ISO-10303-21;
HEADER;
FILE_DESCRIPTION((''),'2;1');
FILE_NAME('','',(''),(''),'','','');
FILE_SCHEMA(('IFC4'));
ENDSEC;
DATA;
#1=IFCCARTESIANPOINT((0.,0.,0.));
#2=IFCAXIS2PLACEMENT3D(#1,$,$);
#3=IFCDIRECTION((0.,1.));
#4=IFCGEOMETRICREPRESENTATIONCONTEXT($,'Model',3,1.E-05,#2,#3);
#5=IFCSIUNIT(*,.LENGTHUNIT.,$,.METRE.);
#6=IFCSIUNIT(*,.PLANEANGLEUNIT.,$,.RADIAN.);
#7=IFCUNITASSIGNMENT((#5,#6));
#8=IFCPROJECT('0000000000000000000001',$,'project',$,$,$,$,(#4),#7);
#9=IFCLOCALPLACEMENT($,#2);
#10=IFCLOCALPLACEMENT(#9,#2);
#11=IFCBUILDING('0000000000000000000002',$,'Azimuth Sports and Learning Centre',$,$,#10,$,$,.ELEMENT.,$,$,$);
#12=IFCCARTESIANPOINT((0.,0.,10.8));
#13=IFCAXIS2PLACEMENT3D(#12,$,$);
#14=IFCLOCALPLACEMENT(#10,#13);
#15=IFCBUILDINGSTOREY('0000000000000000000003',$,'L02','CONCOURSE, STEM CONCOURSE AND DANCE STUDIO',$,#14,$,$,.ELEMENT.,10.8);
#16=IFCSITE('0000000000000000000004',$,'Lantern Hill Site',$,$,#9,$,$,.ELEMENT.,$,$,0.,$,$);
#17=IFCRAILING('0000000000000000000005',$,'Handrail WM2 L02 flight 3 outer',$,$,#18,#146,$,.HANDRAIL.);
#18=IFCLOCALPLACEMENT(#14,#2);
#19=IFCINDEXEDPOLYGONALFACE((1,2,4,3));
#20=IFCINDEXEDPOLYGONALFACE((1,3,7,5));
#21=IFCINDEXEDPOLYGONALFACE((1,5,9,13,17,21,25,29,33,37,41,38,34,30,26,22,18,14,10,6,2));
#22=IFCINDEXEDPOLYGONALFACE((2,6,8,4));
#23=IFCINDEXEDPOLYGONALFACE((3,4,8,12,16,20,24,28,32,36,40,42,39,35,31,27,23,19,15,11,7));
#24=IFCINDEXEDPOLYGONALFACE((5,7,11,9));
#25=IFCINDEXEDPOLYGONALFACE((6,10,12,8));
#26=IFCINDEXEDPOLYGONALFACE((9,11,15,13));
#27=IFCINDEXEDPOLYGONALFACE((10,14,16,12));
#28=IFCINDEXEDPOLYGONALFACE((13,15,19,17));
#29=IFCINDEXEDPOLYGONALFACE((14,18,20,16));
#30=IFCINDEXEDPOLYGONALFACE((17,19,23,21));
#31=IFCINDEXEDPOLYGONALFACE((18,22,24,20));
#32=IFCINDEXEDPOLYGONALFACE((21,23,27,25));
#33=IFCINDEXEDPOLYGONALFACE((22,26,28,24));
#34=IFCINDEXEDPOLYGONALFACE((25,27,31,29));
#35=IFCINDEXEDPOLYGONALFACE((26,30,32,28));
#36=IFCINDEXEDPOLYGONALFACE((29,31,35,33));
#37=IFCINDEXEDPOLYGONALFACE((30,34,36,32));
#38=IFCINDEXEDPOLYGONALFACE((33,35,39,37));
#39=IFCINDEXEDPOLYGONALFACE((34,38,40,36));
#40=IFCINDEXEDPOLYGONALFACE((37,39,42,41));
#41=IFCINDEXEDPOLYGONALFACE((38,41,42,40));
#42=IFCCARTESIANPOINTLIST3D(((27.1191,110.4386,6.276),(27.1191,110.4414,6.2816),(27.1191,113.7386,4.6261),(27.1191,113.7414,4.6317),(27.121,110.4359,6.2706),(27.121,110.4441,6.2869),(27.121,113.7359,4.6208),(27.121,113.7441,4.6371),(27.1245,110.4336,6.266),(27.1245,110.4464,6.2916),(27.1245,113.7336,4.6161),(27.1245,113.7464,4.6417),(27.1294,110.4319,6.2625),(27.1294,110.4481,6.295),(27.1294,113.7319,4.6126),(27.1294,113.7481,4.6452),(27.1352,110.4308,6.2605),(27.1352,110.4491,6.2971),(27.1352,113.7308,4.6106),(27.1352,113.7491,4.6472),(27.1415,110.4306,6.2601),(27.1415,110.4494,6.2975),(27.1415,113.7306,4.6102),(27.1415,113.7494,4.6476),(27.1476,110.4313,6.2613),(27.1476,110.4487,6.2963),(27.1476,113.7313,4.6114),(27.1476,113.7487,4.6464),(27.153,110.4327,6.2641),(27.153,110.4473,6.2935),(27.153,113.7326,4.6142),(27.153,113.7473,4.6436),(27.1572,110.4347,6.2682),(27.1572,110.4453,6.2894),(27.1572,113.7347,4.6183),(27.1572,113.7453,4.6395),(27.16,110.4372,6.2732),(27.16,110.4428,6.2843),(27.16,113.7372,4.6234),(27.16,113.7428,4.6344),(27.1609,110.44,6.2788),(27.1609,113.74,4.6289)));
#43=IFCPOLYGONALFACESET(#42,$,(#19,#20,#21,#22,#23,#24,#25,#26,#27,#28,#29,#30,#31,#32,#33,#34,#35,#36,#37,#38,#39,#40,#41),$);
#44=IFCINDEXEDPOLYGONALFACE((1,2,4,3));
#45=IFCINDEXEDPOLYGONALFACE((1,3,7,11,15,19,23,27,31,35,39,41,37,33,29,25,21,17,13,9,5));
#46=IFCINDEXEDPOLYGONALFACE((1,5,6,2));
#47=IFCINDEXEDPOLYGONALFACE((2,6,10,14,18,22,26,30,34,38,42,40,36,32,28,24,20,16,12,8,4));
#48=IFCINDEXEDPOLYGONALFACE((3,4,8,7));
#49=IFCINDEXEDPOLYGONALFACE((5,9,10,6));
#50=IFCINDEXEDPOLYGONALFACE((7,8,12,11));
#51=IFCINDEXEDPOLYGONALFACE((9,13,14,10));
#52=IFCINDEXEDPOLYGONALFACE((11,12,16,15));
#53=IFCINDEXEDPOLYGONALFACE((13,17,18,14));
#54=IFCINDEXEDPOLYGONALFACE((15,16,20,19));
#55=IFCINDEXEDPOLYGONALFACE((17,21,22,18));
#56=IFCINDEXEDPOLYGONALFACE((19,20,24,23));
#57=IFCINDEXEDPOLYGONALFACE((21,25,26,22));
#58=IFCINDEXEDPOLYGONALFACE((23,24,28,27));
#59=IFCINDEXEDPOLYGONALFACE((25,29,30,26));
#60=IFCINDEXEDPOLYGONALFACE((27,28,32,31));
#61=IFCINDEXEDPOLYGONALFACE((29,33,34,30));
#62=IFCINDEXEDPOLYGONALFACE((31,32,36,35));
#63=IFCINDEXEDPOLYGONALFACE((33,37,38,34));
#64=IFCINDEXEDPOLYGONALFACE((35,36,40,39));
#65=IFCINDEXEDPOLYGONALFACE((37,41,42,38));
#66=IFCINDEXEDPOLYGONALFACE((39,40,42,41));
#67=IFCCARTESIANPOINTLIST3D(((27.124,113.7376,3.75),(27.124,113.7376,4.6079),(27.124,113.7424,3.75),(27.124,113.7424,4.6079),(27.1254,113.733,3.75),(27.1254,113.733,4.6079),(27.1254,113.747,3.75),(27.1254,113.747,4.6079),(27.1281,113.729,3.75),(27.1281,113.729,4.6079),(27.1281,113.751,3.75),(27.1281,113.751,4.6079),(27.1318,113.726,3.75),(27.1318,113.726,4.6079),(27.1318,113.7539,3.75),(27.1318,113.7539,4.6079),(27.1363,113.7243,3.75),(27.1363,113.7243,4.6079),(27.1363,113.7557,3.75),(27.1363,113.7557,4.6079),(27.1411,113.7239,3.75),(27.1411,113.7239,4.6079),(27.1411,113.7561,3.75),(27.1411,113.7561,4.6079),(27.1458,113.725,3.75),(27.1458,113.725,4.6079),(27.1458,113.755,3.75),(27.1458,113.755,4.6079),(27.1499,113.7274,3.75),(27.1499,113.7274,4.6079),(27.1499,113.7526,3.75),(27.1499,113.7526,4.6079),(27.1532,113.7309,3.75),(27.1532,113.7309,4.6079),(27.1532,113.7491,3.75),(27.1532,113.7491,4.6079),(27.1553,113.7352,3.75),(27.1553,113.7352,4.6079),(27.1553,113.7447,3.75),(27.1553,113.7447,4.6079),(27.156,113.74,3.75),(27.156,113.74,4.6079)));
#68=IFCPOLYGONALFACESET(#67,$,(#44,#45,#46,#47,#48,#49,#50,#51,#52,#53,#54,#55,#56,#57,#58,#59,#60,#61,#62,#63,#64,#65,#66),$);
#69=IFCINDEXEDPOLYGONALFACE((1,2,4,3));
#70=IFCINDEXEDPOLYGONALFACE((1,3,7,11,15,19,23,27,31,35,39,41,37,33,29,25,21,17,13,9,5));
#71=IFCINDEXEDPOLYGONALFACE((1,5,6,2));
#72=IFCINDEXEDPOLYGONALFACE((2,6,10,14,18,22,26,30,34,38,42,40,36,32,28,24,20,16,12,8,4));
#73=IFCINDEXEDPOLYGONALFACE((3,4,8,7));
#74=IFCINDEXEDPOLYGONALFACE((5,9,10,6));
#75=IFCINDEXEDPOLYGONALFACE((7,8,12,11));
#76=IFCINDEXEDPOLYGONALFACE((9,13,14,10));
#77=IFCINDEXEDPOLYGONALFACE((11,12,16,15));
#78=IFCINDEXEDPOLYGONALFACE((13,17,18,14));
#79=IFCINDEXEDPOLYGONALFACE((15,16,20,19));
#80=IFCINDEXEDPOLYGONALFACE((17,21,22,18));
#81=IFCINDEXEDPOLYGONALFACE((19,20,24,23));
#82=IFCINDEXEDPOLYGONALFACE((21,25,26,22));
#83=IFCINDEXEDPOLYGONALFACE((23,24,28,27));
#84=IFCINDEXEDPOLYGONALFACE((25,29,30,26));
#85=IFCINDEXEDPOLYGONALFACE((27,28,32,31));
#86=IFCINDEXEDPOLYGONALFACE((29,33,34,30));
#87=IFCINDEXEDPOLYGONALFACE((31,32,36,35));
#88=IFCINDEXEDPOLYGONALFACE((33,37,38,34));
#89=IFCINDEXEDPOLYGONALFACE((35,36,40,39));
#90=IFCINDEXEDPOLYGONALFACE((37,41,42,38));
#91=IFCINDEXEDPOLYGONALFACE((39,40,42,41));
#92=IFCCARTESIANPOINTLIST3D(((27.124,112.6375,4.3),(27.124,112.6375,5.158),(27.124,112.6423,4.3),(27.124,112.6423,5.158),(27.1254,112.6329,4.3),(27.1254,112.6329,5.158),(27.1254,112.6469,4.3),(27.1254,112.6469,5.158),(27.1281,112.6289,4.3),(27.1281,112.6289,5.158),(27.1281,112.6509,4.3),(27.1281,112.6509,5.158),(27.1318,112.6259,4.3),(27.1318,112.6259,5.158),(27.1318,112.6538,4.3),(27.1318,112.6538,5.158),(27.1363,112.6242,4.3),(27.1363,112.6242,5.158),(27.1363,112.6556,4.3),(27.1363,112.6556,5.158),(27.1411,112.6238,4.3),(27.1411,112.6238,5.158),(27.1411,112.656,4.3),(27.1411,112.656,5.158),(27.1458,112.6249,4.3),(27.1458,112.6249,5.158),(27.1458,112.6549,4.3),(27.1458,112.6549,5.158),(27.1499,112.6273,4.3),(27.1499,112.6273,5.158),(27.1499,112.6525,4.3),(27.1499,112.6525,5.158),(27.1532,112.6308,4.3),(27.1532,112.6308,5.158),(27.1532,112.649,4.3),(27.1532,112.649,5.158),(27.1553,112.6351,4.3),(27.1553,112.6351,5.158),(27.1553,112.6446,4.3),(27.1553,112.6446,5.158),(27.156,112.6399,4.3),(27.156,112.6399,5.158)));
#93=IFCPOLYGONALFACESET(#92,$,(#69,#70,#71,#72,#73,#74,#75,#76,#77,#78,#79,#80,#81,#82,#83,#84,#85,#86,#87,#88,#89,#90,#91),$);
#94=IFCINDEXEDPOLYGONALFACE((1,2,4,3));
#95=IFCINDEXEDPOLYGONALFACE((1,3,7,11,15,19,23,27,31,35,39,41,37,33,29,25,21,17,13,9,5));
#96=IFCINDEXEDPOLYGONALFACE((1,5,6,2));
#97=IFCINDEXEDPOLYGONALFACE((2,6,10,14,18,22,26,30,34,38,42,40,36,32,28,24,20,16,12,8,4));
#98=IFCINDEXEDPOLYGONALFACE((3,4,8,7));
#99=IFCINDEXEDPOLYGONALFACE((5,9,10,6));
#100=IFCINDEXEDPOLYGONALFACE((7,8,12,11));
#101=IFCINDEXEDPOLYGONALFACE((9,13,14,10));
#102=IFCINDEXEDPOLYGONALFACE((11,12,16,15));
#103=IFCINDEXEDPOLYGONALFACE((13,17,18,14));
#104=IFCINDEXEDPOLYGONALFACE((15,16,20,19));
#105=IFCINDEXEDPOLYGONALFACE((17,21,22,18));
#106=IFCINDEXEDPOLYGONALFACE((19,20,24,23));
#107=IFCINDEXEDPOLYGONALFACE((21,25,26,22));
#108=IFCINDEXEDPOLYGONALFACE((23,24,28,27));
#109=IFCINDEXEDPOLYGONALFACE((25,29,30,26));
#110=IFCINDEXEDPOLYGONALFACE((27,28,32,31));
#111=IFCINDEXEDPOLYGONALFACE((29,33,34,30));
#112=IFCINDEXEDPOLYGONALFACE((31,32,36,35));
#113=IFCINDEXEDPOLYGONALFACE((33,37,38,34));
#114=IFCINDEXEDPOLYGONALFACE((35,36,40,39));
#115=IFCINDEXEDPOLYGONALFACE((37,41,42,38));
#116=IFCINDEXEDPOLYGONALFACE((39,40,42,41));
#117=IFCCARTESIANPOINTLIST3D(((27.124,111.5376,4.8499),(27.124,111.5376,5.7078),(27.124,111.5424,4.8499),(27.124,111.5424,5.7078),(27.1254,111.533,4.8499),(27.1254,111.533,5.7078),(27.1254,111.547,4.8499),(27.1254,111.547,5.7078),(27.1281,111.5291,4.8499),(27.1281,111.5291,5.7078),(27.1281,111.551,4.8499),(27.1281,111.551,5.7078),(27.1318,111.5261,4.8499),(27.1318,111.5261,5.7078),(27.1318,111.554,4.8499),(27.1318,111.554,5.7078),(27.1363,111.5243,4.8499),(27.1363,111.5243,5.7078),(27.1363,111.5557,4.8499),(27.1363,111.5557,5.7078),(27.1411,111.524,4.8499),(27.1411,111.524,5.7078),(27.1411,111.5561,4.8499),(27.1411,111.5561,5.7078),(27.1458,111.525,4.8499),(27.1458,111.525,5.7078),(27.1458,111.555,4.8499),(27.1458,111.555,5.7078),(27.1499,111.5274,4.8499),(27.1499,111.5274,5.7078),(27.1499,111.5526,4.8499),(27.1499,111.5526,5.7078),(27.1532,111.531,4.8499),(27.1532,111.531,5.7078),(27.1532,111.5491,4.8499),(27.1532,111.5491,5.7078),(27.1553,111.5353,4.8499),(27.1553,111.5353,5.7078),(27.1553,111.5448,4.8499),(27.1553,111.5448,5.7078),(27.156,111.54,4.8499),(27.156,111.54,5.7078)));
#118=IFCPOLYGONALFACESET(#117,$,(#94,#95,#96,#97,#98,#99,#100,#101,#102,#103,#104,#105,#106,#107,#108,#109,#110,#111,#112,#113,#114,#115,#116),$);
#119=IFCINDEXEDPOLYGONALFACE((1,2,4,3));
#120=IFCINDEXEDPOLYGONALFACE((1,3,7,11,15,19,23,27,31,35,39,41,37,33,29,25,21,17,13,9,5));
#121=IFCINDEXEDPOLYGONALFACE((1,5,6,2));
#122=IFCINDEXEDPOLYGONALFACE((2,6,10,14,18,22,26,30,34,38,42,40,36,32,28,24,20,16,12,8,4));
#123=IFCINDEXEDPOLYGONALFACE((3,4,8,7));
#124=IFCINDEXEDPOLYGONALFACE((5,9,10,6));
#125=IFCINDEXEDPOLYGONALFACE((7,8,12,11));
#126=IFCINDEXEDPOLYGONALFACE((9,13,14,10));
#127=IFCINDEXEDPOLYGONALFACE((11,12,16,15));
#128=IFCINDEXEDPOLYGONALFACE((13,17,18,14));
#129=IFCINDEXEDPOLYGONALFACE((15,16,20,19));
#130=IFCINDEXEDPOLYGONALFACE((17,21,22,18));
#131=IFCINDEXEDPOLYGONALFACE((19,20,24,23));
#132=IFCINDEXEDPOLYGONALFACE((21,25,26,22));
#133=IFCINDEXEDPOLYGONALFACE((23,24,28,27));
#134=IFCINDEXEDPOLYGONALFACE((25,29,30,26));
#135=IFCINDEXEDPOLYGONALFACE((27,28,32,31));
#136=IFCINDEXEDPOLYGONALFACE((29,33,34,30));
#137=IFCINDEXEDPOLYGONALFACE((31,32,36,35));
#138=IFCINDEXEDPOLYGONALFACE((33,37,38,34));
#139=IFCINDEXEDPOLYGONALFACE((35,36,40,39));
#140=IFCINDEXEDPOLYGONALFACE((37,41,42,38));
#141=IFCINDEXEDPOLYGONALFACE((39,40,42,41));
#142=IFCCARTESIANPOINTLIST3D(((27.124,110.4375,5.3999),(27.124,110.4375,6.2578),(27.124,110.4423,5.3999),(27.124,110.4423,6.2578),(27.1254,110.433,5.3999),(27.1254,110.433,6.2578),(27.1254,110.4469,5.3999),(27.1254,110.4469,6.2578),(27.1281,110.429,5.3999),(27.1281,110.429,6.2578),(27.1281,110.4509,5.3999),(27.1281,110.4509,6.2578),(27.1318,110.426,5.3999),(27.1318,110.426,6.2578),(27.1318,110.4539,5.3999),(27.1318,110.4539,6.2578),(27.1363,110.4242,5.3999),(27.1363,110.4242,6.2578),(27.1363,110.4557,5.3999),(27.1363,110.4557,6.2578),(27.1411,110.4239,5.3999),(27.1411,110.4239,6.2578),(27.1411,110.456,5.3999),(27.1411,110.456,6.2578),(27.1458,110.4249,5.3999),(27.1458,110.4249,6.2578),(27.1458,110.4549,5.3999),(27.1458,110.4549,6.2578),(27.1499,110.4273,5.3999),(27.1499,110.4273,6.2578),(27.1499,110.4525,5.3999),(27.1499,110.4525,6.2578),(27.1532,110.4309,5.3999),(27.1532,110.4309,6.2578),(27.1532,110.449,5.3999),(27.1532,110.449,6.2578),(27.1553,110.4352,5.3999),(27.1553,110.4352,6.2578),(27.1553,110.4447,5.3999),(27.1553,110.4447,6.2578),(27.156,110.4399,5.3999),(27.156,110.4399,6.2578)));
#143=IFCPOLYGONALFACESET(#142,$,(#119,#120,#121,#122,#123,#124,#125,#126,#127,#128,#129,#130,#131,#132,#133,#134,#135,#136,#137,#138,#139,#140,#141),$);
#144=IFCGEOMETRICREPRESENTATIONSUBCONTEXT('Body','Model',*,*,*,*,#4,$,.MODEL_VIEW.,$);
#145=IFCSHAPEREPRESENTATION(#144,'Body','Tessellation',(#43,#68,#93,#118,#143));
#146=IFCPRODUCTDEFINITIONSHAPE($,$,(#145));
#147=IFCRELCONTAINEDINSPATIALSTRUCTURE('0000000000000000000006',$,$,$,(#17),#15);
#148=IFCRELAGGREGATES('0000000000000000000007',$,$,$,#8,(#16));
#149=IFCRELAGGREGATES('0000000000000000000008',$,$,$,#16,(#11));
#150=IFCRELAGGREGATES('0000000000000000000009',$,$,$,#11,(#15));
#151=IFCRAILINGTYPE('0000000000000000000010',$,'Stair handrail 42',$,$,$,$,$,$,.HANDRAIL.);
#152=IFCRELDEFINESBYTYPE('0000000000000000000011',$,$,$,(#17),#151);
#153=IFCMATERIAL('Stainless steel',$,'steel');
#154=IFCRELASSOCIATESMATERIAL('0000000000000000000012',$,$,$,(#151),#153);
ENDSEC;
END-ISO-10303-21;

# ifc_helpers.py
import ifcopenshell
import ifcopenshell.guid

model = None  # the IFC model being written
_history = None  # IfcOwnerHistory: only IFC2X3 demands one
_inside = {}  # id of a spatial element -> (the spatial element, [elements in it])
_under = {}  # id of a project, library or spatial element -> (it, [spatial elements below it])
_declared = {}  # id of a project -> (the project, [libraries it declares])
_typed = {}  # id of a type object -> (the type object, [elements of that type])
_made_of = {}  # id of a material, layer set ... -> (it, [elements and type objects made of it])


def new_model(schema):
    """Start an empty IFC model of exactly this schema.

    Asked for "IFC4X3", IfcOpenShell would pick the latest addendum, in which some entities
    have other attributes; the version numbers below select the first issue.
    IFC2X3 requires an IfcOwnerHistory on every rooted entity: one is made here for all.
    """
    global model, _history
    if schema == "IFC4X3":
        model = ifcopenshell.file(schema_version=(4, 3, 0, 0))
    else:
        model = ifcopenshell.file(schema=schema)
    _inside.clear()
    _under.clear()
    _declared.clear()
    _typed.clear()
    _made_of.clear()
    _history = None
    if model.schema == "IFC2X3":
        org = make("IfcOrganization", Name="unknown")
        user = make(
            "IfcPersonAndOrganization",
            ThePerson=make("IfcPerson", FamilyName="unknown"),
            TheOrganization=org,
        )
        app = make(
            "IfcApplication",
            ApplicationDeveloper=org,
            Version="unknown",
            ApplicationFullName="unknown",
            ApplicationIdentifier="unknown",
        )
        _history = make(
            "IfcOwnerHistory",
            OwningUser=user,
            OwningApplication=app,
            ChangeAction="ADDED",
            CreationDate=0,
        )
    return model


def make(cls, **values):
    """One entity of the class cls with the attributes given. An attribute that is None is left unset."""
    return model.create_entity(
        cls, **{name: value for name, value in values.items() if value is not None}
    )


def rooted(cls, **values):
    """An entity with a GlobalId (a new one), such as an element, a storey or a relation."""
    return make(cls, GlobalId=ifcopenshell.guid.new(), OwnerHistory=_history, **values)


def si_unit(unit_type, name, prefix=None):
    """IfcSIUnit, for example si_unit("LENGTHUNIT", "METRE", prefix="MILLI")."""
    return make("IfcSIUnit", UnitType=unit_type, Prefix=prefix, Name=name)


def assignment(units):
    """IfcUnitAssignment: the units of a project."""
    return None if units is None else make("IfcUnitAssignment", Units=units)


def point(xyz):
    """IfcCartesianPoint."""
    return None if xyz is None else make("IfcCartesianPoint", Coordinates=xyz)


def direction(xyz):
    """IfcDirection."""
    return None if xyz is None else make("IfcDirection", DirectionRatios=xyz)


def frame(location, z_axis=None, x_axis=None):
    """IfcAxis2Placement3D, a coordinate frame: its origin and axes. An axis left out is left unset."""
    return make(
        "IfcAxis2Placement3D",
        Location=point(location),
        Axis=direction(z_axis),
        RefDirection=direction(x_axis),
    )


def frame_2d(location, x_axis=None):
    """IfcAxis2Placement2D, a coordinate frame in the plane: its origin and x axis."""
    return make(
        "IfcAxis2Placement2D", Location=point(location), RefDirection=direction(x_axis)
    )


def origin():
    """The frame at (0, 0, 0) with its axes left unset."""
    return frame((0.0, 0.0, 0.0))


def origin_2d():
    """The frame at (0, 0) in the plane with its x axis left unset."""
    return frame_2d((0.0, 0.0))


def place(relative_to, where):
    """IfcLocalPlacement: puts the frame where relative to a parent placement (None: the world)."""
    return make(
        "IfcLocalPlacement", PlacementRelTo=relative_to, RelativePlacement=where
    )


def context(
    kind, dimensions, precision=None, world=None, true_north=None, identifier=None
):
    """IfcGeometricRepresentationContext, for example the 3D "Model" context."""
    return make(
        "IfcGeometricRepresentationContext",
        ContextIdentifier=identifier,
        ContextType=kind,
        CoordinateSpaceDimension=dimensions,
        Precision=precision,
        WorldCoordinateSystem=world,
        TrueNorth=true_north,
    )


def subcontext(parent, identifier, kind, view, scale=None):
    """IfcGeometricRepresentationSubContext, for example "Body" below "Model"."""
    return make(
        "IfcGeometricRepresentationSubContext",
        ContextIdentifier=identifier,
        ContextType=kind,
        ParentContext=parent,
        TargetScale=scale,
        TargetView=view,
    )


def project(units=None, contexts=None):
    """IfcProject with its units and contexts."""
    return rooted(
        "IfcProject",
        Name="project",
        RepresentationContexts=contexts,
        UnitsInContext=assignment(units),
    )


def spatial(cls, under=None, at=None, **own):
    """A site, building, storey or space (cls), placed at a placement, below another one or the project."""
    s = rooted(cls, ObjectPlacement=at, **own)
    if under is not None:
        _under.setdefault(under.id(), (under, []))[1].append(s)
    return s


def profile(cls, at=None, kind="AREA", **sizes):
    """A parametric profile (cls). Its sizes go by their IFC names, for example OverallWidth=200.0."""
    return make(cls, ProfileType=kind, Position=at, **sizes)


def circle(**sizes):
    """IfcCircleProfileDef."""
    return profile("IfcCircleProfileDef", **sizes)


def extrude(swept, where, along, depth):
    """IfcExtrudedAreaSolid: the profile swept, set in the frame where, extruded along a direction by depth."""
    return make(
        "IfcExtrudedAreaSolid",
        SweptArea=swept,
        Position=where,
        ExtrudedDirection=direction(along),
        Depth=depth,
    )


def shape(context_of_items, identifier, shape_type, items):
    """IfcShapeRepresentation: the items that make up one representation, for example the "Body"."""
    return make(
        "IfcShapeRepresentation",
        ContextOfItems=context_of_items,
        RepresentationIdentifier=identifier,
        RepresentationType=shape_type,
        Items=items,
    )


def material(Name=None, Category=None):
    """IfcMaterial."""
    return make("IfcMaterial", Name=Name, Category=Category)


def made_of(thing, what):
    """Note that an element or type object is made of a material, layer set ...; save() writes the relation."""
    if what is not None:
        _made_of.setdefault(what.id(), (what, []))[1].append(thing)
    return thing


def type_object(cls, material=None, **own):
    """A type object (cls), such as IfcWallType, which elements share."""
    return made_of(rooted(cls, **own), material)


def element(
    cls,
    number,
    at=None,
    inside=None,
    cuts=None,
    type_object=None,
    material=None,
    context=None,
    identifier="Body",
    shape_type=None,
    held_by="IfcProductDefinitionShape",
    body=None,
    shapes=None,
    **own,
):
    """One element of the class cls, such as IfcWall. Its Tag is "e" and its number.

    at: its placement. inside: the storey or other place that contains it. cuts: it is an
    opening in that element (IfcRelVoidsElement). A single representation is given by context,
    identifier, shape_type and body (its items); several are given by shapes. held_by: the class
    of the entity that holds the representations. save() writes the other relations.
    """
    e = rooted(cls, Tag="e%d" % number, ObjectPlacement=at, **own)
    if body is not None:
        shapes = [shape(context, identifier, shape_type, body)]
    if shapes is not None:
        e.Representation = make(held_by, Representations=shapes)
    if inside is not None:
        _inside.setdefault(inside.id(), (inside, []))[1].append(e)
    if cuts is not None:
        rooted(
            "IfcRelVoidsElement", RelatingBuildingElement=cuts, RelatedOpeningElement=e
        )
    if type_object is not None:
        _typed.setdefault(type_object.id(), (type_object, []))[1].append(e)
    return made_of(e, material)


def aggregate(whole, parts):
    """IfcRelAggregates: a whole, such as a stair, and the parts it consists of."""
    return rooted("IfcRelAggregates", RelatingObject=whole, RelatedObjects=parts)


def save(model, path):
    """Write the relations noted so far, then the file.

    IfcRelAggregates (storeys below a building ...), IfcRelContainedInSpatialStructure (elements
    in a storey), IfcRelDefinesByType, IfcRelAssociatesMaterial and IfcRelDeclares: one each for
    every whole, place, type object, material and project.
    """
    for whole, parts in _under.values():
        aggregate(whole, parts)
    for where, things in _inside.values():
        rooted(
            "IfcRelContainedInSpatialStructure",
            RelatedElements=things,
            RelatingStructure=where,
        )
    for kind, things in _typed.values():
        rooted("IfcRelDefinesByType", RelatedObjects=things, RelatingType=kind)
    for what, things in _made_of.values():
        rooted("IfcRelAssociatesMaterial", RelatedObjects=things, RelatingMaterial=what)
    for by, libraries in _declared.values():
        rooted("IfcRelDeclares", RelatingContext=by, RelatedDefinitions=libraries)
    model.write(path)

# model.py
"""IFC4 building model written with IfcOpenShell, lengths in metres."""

from ifc_helpers import new_model, si_unit, direction, frame, origin, origin_2d, place, context, subcontext, project, spatial, circle, extrude, material, type_object, element, save


model = new_model("IFC4")

# Units and contexts
model_context = context("Model", 3, precision=1e-05, world=origin(), true_north=direction((0.0, 1.0)))
body_context = subcontext(model_context, "Body", "Model", "MODEL_VIEW")
ifc_project = project(units=[si_unit("LENGTHUNIT", "METRE"), si_unit("PLANEANGLEUNIT", "RADIAN")], contexts=[model_context])

# Site, building, storey
site_placement = place(None, origin())
site = spatial("IfcSite", under=ifc_project, at=site_placement, Name="Lantern Hill Site", CompositionType="ELEMENT", RefElevation=0.0)
building_placement = place(site_placement, origin())
building = spatial("IfcBuilding", under=site, at=building_placement, Name="Azimuth Sports and Learning Centre", CompositionType="ELEMENT")
storey_placement = place(building_placement, frame((0.0, 0.0, 10.8)))
storey = spatial("IfcBuildingStorey", under=building, at=storey_placement, Name="L02", Description="CONCOURSE, STEM CONCOURSE AND DANCE STUDIO", CompositionType="ELEMENT", Elevation=10.8)

# Railing
ifc_material_1 = material(Name="Stainless steel", Category="steel")
railing_type_1 = type_object("IfcRailingType", Name="Stair handrail 42", PredefinedType="HANDRAIL", material=ifc_material_1)
for number, where, name in (
    (1, (27.1399, 113.74, 3.75), "Handrail WM2 L02 flight 3 outer"),
):
    element("IfcRailing", number, at=place(storey_placement, frame(where)), inside=storey, type_object=railing_type_1, Name=name, PredefinedType="HANDRAIL", context=body_context, shape_type="SweptSolid", body=[
        extrude(circle(Radius=0.021, at=origin_2d()), frame((0.0, 0.0, 0.8789), z_axis=(0.0, -0.89444, 0.447187), x_axis=(1.0, 0.0, 0.0)), (0.0, 0.0, 1.0), 3.6895),
        extrude(circle(Radius=0.0161, at=origin_2d()), origin(), (0.0, 0.0, 1.0), 0.8579),
        extrude(circle(Radius=0.0161, at=origin_2d()), frame((0.0, -1.1001, 0.55)), (0.0, 0.0, 1.0), 0.8579),
        extrude(circle(Radius=0.0161, at=origin_2d()), frame((0.0, -2.2, 1.0999)), (0.0, 0.0, 1.0), 0.8579),
        extrude(circle(Radius=0.0161, at=origin_2d()), frame((0.0, -3.3, 1.6499)), (0.0, 0.0, 1.0), 0.8579),
    ])

save(model, "model.ifc")
